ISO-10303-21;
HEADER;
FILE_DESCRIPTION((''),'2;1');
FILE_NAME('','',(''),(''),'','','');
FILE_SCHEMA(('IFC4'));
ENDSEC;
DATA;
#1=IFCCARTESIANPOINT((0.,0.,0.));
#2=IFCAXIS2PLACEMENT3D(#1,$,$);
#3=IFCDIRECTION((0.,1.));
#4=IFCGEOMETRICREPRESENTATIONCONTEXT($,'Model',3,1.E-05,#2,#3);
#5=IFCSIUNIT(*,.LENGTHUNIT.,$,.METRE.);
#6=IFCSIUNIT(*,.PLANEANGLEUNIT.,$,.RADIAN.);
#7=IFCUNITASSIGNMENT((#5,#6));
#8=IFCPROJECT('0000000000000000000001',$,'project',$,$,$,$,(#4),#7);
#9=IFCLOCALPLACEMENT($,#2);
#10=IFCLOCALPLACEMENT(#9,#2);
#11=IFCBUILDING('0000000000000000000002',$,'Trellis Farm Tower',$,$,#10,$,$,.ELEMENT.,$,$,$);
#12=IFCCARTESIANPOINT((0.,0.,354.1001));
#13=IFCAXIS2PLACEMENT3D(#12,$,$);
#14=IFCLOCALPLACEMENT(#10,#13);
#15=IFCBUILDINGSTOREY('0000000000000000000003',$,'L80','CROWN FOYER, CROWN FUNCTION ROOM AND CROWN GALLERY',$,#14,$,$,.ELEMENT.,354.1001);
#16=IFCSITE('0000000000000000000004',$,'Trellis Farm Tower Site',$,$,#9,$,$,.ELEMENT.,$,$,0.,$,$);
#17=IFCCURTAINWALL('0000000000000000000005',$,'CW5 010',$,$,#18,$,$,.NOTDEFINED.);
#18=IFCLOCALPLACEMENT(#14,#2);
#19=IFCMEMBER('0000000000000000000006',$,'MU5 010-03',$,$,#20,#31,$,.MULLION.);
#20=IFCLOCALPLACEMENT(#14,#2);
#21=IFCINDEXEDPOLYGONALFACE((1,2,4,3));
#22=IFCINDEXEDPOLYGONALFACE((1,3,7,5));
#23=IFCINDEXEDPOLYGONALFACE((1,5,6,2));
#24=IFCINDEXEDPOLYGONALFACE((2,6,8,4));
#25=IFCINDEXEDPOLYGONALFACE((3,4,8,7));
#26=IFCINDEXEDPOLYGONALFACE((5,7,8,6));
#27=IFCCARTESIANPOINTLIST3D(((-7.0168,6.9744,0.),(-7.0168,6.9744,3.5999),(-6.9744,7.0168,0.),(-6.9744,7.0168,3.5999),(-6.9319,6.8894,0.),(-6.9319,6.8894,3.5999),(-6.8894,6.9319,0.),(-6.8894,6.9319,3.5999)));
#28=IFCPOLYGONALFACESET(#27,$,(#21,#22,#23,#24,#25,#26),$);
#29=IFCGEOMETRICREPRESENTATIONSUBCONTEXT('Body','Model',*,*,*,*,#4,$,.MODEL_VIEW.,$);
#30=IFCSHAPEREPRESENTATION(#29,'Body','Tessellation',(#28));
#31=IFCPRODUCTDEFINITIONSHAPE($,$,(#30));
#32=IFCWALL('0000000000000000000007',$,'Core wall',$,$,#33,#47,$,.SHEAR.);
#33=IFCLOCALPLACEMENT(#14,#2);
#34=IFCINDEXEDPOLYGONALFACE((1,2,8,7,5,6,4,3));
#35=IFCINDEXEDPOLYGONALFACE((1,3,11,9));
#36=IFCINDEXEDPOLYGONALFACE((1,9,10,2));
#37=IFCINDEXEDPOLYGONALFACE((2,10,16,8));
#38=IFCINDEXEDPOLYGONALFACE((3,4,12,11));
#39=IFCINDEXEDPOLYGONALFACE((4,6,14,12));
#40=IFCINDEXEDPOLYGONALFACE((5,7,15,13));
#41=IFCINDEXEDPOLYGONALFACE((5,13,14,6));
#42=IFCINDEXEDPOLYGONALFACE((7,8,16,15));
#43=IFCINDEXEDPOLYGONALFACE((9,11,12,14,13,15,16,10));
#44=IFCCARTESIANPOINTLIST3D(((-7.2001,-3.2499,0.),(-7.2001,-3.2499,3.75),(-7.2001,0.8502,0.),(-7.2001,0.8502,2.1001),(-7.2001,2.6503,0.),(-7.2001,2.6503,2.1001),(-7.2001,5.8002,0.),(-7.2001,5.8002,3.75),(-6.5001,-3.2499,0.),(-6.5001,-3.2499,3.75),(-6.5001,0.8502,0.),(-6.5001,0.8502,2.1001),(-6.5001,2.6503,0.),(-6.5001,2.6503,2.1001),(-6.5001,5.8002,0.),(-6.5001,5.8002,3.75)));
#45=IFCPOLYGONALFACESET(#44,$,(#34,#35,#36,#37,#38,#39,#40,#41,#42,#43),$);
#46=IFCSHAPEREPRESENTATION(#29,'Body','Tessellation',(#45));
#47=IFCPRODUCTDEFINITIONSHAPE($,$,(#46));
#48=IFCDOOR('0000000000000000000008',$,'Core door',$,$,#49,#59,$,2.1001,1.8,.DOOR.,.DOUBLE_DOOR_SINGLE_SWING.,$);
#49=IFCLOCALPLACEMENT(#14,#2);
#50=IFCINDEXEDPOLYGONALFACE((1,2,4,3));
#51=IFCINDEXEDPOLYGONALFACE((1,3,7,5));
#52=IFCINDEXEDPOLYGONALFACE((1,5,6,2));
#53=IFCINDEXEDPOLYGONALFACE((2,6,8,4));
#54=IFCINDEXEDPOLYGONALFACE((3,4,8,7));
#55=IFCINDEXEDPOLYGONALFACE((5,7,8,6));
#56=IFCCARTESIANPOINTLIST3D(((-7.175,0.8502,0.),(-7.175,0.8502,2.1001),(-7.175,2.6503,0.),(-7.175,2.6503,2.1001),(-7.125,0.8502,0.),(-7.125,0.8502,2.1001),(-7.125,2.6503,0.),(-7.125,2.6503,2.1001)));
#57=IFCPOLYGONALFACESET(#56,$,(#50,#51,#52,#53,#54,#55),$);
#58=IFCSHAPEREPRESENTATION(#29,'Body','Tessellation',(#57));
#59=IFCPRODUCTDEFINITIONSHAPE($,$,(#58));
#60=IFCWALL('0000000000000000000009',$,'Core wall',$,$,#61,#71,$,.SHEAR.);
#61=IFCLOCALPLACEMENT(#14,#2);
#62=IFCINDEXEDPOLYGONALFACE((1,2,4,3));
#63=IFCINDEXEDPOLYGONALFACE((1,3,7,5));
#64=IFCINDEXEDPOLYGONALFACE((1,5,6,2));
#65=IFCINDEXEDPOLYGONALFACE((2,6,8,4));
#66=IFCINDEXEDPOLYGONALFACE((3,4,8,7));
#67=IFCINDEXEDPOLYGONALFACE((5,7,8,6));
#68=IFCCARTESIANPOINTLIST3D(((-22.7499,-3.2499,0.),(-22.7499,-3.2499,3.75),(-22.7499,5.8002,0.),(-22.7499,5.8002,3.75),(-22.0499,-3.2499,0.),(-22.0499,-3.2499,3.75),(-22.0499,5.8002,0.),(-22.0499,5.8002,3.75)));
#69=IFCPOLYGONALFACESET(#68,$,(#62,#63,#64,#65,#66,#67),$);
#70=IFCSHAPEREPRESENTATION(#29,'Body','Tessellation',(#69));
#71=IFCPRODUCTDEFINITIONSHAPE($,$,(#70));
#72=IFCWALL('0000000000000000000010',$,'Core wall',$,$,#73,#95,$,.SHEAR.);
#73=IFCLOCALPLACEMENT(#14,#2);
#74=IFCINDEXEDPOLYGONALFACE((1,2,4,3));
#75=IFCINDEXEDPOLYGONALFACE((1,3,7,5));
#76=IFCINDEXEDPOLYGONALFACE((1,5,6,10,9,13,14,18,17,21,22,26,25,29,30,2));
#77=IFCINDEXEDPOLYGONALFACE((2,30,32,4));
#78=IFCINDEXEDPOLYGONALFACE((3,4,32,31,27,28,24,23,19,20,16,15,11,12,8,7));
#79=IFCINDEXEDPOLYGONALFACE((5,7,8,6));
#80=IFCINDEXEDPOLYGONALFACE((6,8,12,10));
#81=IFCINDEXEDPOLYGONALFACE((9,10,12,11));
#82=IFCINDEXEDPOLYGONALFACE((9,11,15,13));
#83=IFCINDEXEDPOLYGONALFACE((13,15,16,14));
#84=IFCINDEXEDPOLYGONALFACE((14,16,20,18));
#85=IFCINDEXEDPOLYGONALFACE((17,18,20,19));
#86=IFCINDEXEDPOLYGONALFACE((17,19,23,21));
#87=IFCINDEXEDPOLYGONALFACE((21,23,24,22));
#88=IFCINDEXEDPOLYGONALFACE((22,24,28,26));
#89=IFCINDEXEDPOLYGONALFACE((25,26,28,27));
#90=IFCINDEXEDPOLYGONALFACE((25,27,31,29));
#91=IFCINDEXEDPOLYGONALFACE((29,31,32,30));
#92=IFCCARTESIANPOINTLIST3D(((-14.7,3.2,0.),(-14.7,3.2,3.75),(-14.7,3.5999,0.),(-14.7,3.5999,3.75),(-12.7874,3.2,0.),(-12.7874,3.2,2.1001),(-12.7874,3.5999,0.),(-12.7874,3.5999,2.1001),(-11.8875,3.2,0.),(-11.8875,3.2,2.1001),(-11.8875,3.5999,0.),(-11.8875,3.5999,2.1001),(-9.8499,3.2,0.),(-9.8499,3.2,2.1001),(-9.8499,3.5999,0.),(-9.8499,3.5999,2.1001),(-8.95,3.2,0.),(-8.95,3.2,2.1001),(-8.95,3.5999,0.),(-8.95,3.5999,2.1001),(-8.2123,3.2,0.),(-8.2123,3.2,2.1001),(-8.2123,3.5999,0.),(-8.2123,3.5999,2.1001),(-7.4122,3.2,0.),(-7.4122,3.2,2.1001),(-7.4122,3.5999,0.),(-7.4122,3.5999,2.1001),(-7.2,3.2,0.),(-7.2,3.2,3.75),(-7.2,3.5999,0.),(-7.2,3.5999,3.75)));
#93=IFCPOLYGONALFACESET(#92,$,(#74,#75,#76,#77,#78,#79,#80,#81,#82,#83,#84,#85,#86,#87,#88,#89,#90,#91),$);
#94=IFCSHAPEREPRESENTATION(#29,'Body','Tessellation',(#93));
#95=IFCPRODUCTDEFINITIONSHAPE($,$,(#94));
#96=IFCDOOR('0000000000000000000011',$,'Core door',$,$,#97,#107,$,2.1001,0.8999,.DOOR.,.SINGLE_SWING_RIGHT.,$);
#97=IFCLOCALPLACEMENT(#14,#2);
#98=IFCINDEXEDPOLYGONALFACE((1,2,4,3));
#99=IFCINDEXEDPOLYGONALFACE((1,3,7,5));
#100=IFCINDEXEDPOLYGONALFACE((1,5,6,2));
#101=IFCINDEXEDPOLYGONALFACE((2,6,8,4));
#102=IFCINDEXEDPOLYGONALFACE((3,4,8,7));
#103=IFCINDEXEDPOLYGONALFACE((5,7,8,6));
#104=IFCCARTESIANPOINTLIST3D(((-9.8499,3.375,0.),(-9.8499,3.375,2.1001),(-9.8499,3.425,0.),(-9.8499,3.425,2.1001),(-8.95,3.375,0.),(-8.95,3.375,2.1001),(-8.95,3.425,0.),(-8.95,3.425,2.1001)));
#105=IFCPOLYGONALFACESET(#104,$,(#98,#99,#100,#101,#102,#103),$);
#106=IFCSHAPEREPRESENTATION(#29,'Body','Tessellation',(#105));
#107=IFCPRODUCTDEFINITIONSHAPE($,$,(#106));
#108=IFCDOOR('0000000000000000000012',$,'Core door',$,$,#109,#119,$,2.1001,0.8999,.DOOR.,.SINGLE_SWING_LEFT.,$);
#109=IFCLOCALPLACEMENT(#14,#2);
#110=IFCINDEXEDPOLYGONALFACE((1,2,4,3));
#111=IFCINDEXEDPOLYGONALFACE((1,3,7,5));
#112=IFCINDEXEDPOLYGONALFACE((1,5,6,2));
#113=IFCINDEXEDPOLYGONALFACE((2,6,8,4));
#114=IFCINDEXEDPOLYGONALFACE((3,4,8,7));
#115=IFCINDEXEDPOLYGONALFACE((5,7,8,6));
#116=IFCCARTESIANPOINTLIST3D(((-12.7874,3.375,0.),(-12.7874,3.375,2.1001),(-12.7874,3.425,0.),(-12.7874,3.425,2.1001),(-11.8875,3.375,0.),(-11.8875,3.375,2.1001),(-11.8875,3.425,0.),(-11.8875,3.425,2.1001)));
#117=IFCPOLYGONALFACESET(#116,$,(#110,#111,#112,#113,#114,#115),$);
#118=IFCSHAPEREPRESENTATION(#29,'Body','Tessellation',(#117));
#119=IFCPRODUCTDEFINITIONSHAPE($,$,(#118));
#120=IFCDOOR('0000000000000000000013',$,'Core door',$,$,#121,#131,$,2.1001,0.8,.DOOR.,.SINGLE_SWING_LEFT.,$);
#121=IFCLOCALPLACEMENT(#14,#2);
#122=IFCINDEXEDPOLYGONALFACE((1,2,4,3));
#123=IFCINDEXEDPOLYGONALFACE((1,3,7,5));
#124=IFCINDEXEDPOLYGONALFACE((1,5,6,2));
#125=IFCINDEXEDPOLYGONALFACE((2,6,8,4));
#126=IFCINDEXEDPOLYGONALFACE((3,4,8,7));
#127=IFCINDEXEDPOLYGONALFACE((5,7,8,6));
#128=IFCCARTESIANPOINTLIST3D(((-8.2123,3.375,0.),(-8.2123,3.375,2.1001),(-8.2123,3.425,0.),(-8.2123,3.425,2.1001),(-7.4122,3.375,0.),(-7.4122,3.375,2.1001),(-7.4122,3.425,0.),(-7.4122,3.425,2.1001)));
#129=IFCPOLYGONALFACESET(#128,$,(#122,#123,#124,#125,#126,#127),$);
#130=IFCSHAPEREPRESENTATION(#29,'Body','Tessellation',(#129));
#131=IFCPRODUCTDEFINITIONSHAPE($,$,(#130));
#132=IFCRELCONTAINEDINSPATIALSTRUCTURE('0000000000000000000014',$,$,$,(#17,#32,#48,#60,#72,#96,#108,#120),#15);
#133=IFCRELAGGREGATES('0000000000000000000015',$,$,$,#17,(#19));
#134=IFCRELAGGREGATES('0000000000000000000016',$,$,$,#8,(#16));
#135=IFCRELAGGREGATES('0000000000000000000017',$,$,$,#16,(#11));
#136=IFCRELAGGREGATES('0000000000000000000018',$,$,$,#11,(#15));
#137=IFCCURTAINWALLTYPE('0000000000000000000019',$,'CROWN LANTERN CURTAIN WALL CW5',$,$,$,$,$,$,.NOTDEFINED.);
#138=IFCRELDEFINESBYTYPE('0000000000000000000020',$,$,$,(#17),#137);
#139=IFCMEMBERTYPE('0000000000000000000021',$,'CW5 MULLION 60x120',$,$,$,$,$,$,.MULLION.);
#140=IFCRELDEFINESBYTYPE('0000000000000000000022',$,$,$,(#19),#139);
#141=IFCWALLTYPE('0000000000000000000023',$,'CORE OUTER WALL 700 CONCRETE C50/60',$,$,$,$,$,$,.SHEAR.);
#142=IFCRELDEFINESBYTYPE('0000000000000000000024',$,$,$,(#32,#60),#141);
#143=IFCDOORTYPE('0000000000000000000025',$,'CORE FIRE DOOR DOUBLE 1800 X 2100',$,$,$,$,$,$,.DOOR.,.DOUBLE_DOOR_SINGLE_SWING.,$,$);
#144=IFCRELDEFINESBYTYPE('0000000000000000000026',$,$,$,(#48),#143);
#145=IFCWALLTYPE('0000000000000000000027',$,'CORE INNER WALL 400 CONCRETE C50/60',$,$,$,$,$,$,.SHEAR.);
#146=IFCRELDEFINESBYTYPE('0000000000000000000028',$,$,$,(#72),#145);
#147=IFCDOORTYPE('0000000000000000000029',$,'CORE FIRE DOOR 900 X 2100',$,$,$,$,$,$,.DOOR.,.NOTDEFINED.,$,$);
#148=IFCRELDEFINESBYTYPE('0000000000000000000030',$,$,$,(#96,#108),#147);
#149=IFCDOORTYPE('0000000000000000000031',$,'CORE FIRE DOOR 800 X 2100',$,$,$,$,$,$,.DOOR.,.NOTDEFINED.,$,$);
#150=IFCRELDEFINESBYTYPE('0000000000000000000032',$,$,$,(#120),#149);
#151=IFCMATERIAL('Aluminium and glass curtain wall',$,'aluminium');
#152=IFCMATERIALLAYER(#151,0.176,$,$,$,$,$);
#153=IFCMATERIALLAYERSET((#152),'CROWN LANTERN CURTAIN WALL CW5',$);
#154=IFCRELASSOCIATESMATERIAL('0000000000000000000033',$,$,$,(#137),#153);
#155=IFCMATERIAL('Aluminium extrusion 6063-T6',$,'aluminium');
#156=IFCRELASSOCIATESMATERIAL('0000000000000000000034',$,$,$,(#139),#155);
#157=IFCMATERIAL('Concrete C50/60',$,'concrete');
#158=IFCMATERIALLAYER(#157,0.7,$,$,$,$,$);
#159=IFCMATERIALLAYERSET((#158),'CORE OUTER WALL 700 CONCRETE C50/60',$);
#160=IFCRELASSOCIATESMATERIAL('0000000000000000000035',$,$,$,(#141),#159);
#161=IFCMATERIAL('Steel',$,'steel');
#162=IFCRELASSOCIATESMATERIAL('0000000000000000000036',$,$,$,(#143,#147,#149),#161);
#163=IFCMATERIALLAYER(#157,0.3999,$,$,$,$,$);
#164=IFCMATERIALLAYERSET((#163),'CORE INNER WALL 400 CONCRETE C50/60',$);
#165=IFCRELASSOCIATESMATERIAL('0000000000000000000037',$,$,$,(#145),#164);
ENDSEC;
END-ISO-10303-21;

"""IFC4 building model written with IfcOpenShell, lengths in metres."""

from ifc_helpers import new_model, si_unit, direction, frame, frame_2d, origin, origin_2d, place, context, subcontext, project, spatial, rectangle, extrude, source, transform, mapped, material, layer, layer_set, material_profile, profile_set, type_object, element, fill, aggregate, save


model = new_model("IFC4")

# Units and contexts
model_context = context("Model", 3, precision=1e-05, world=origin(), true_north=direction((0.0, 1.0)))
body_context = subcontext(model_context, "Body", "Model", "MODEL_VIEW")
ifc_project = project(units=[si_unit("LENGTHUNIT", "METRE"), si_unit("PLANEANGLEUNIT", "RADIAN")], contexts=[model_context])

# Site, building, storey
site_placement = place(None, origin())
site = spatial("IfcSite", under=ifc_project, at=site_placement, Name="Trellis Farm Tower Site", CompositionType="ELEMENT", RefElevation=0.0)
building_placement = place(site_placement, origin())
building = spatial("IfcBuilding", under=site, at=building_placement, Name="Trellis Farm Tower", CompositionType="ELEMENT")
storey_placement = place(building_placement, frame((0.0, 0.0, 354.1001)))
storey = spatial("IfcBuildingStorey", under=building, at=storey_placement, Name="L80", Description="CROWN FOYER, CROWN FUNCTION ROOM AND CROWN GALLERY", CompositionType="ELEMENT", Elevation=354.1001)

# Curtain wall, member
ifc_material_1 = material(Name="Aluminium and glass curtain wall", Category="aluminium")
ifc_layer_1 = layer(ifc_material_1, 0.176)
ifc_layer_set_1 = layer_set([ifc_layer_1], Name="CROWN LANTERN CURTAIN WALL CW5")
curtain_wall_type = type_object("IfcCurtainWallType", Name="CROWN LANTERN CURTAIN WALL CW5", PredefinedType="NOTDEFINED", material=ifc_layer_set_1)
placement = place(storey_placement, origin())
curtain_wall = element("IfcCurtainWall", 1, at=placement, inside=storey, type_object=curtain_wall_type, Name="CW5 010", PredefinedType="NOTDEFINED")
ifc_material_2 = material(Name="Aluminium extrusion 6063-T6", Category="aluminium")
ifc_material_profile = material_profile(ifc_material_2, rectangle(XDim=0.0601, YDim=0.1201, at=origin_2d()), Name="MULLION 60x120")
ifc_profile_set = profile_set([ifc_material_profile], Name="Aluminium extrusion 6063-T6")
member_type = type_object("IfcMemberType", Name="CW5 MULLION 60x120", PredefinedType="MULLION", material=ifc_profile_set)
shared_shape_1 = source(origin(), body_context, "Body", "SweptSolid", [
    extrude(rectangle(XDim=0.0601, YDim=0.1201, at=origin_2d()), origin(), (0.0, 0.0, 1.0), 3.5999),
])
member_placement = place(storey_placement, frame((-6.9531, 6.9531, 0.0), z_axis=(0.0, 0.0, 1.0), x_axis=(-0.707107, -0.707107, 0.0)))
member = element("IfcMember", 2, at=member_placement, type_object=member_type, Name="MU5 010-03", PredefinedType="MULLION", context=body_context, shape_type="MappedRepresentation", body=[
    mapped(shared_shape_1, transform((0.0, 0.0, 0.0))),
])
aggregate(curtain_wall, [member])

# Wall, opening, door
ifc_material_3 = material(Name="Concrete C50/60", Category="concrete")
ifc_layer_2 = layer(ifc_material_3, 0.7)
ifc_layer_set_2 = layer_set([ifc_layer_2], Name="CORE OUTER WALL 700 CONCRETE C50/60")
wall_type_1 = type_object("IfcWallType", Name="CORE OUTER WALL 700 CONCRETE C50/60", PredefinedType="SHEAR", material=ifc_layer_set_2)
shared_shape_2 = source(origin(), body_context, "Body", "SweptSolid", [
    extrude(rectangle(XDim=9.05, YDim=0.7, at=frame_2d((4.5249, 0.0))), origin(), (0.0, 0.0, 1.0), 3.75),
])
wall_1_placement = place(storey_placement, frame((-6.8501, 5.8, 0.0), z_axis=(0.0, 0.0, 1.0), x_axis=(0.0, -1.0, 0.0)))
wall_1 = element("IfcWall", 3, at=wall_1_placement, inside=storey, type_object=wall_type_1, Name="Core wall", PredefinedType="SHEAR", context=body_context, shape_type="MappedRepresentation", body=[
    mapped(shared_shape_2, transform((0.0, 0.0, 0.0))),
])
shared_shape_3 = source(origin(), body_context, "Body", "SweptSolid", [
    extrude(rectangle(XDim=1.8, YDim=2.1001, at=frame_2d((0.8999, 1.05))), frame((0.0, 0.3601, 0.0), z_axis=(0.0, -1.0, 0.0), x_axis=(1.0, 0.0, 0.0)), (0.0, 0.0, 1.0), 0.7202),
])
opening_1_placement = place(wall_1_placement, frame((3.1499, 0.0, 0.0)))
opening_1 = element("IfcOpeningElement", 4, at=opening_1_placement, cuts=wall_1, PredefinedType="OPENING", context=body_context, shape_type="MappedRepresentation", body=[
    mapped(shared_shape_3, transform((0.0, 0.0, 0.0))),
])
ifc_material_4 = material(Name="Steel", Category="steel")
door_type_1 = type_object("IfcDoorType", Name="CORE FIRE DOOR DOUBLE 1800 X 2100", OperationType="DOUBLE_DOOR_SINGLE_SWING", PredefinedType="DOOR", material=ifc_material_4)
shared_shape_4 = source(origin(), body_context, "Body", "SweptSolid", [
    extrude(rectangle(XDim=1.8, YDim=2.1001, at=frame_2d((0.8999, 1.05))), frame((0.0, -0.2749, 0.0), z_axis=(0.0, -1.0, 0.0), x_axis=(1.0, 0.0, 0.0)), (0.0, 0.0, 1.0), 0.05),
])
door_1_placement = place(opening_1_placement, origin())
door_1 = element("IfcDoor", 5, at=door_1_placement, inside=storey, type_object=door_type_1, Name="Core door", OperationType="DOUBLE_DOOR_SINGLE_SWING", OverallHeight=2.1001, OverallWidth=1.8, PredefinedType="DOOR", context=body_context, shape_type="MappedRepresentation", body=[
    mapped(shared_shape_4, transform((0.0, 0.0, 0.0))),
])
fill(opening_1, door_1)

# Wall
wall_2_placement = place(storey_placement, frame((-22.3999, 5.8, 0.0), z_axis=(0.0, 0.0, 1.0), x_axis=(0.0, -1.0, 0.0)))
element("IfcWall", 6, at=wall_2_placement, inside=storey, type_object=wall_type_1, Name="Core wall", PredefinedType="SHEAR", context=body_context, shape_type="MappedRepresentation", body=[
    mapped(shared_shape_2, transform((0.0, 0.0, 0.0))),
])

# Wall, openings, doors
ifc_layer_3 = layer(ifc_material_3, 0.3999)
ifc_layer_set_3 = layer_set([ifc_layer_3], Name="CORE INNER WALL 400 CONCRETE C50/60")
wall_type_2 = type_object("IfcWallType", Name="CORE INNER WALL 400 CONCRETE C50/60", PredefinedType="SHEAR", material=ifc_layer_set_3)
shared_shape_5 = source(origin(), body_context, "Body", "SweptSolid", [
    extrude(rectangle(XDim=7.5, YDim=0.3999, at=frame_2d((3.75, 0.0))), origin(), (0.0, 0.0, 1.0), 3.75),
])
wall_3_placement = place(storey_placement, frame((-7.2, 3.3999, 0.0), z_axis=(0.0, 0.0, 1.0), x_axis=(-1.0, 0.0, 0.0)))
wall_3 = element("IfcWall", 7, at=wall_3_placement, inside=storey, type_object=wall_type_2, Name="Core wall", PredefinedType="SHEAR", context=body_context, shape_type="MappedRepresentation", body=[
    mapped(shared_shape_5, transform((0.0, 0.0, 0.0))),
])
shared_shape_6 = source(origin(), body_context, "Body", "SweptSolid", [
    extrude(rectangle(XDim=0.8, YDim=2.1001, at=frame_2d((0.3999, 1.05))), frame((0.0, 0.21, 0.0), z_axis=(0.0, -1.0, 0.0), x_axis=(1.0, 0.0, 0.0)), (0.0, 0.0, 1.0), 0.4199),
])
opening_2_placement = place(wall_3_placement, frame((0.2124, 0.0, 0.0)))
opening_2 = element("IfcOpeningElement", 8, at=opening_2_placement, cuts=wall_3, PredefinedType="OPENING", context=body_context, shape_type="MappedRepresentation", body=[
    mapped(shared_shape_6, transform((0.0, 0.0, 0.0))),
])
shared_shape_7 = source(origin(), body_context, "Body", "SweptSolid", [
    extrude(rectangle(XDim=0.8999, YDim=2.1001, at=frame_2d((0.45, 1.05))), frame((0.0, 0.21, 0.0), z_axis=(0.0, -1.0, 0.0), x_axis=(1.0, 0.0, 0.0)), (0.0, 0.0, 1.0), 0.4199),
])
opening_3_placement = place(wall_3_placement, frame((1.75, 0.0, 0.0)))
opening_3 = element("IfcOpeningElement", 9, at=opening_3_placement, cuts=wall_3, PredefinedType="OPENING", context=body_context, shape_type="MappedRepresentation", body=[
    mapped(shared_shape_7, transform((0.0, 0.0, 0.0))),
])
opening_4_placement = place(wall_3_placement, frame((4.6875, 0.0, 0.0)))
opening_4 = element("IfcOpeningElement", 10, at=opening_4_placement, cuts=wall_3, PredefinedType="OPENING", context=body_context, shape_type="MappedRepresentation", body=[
    mapped(shared_shape_7, transform((0.0, 0.0, 0.0))),
])
door_type_2 = type_object("IfcDoorType", Name="CORE FIRE DOOR 900 X 2100", OperationType="NOTDEFINED", PredefinedType="DOOR", material=ifc_material_4)
shared_shape_8 = source(origin(), body_context, "Body", "SweptSolid", [
    extrude(rectangle(XDim=0.8999, YDim=2.1001, at=frame_2d((0.45, 1.05))), frame((0.0, 0.0249, 0.0), z_axis=(0.0, -1.0, 0.0), x_axis=(1.0, 0.0, 0.0)), (0.0, 0.0, 1.0), 0.05),
])
door_2_placement = place(opening_3_placement, origin())
door_2 = element("IfcDoor", 11, at=door_2_placement, inside=storey, type_object=door_type_2, Name="Core door", OperationType="SINGLE_SWING_RIGHT", OverallHeight=2.1001, OverallWidth=0.8999, PredefinedType="DOOR", context=body_context, shape_type="MappedRepresentation", body=[
    mapped(shared_shape_8, transform((0.0, 0.0, 0.0))),
])
fill(opening_3, door_2)
door_3_placement = place(opening_4_placement, origin())
door_3 = element("IfcDoor", 12, at=door_3_placement, inside=storey, type_object=door_type_2, Name="Core door", OperationType="SINGLE_SWING_LEFT", OverallHeight=2.1001, OverallWidth=0.8999, PredefinedType="DOOR", context=body_context, shape_type="MappedRepresentation", body=[
    mapped(shared_shape_8, transform((0.0, 0.0, 0.0))),
])
fill(opening_4, door_3)
door_type_3 = type_object("IfcDoorType", Name="CORE FIRE DOOR 800 X 2100", OperationType="NOTDEFINED", PredefinedType="DOOR", material=ifc_material_4)
shared_shape_9 = source(origin(), body_context, "Body", "SweptSolid", [
    extrude(rectangle(XDim=0.8, YDim=2.1001, at=frame_2d((0.3999, 1.05))), frame((0.0, 0.0249, 0.0), z_axis=(0.0, -1.0, 0.0), x_axis=(1.0, 0.0, 0.0)), (0.0, 0.0, 1.0), 0.05),
])
door_4_placement = place(opening_2_placement, origin())
door_4 = element("IfcDoor", 13, at=door_4_placement, inside=storey, type_object=door_type_3, Name="Core door", OperationType="SINGLE_SWING_LEFT", OverallHeight=2.1001, OverallWidth=0.8, PredefinedType="DOOR", context=body_context, shape_type="MappedRepresentation", body=[
    mapped(shared_shape_9, transform((0.0, 0.0, 0.0))),
])
fill(opening_2, door_4)

save(model, "model.ifc")
